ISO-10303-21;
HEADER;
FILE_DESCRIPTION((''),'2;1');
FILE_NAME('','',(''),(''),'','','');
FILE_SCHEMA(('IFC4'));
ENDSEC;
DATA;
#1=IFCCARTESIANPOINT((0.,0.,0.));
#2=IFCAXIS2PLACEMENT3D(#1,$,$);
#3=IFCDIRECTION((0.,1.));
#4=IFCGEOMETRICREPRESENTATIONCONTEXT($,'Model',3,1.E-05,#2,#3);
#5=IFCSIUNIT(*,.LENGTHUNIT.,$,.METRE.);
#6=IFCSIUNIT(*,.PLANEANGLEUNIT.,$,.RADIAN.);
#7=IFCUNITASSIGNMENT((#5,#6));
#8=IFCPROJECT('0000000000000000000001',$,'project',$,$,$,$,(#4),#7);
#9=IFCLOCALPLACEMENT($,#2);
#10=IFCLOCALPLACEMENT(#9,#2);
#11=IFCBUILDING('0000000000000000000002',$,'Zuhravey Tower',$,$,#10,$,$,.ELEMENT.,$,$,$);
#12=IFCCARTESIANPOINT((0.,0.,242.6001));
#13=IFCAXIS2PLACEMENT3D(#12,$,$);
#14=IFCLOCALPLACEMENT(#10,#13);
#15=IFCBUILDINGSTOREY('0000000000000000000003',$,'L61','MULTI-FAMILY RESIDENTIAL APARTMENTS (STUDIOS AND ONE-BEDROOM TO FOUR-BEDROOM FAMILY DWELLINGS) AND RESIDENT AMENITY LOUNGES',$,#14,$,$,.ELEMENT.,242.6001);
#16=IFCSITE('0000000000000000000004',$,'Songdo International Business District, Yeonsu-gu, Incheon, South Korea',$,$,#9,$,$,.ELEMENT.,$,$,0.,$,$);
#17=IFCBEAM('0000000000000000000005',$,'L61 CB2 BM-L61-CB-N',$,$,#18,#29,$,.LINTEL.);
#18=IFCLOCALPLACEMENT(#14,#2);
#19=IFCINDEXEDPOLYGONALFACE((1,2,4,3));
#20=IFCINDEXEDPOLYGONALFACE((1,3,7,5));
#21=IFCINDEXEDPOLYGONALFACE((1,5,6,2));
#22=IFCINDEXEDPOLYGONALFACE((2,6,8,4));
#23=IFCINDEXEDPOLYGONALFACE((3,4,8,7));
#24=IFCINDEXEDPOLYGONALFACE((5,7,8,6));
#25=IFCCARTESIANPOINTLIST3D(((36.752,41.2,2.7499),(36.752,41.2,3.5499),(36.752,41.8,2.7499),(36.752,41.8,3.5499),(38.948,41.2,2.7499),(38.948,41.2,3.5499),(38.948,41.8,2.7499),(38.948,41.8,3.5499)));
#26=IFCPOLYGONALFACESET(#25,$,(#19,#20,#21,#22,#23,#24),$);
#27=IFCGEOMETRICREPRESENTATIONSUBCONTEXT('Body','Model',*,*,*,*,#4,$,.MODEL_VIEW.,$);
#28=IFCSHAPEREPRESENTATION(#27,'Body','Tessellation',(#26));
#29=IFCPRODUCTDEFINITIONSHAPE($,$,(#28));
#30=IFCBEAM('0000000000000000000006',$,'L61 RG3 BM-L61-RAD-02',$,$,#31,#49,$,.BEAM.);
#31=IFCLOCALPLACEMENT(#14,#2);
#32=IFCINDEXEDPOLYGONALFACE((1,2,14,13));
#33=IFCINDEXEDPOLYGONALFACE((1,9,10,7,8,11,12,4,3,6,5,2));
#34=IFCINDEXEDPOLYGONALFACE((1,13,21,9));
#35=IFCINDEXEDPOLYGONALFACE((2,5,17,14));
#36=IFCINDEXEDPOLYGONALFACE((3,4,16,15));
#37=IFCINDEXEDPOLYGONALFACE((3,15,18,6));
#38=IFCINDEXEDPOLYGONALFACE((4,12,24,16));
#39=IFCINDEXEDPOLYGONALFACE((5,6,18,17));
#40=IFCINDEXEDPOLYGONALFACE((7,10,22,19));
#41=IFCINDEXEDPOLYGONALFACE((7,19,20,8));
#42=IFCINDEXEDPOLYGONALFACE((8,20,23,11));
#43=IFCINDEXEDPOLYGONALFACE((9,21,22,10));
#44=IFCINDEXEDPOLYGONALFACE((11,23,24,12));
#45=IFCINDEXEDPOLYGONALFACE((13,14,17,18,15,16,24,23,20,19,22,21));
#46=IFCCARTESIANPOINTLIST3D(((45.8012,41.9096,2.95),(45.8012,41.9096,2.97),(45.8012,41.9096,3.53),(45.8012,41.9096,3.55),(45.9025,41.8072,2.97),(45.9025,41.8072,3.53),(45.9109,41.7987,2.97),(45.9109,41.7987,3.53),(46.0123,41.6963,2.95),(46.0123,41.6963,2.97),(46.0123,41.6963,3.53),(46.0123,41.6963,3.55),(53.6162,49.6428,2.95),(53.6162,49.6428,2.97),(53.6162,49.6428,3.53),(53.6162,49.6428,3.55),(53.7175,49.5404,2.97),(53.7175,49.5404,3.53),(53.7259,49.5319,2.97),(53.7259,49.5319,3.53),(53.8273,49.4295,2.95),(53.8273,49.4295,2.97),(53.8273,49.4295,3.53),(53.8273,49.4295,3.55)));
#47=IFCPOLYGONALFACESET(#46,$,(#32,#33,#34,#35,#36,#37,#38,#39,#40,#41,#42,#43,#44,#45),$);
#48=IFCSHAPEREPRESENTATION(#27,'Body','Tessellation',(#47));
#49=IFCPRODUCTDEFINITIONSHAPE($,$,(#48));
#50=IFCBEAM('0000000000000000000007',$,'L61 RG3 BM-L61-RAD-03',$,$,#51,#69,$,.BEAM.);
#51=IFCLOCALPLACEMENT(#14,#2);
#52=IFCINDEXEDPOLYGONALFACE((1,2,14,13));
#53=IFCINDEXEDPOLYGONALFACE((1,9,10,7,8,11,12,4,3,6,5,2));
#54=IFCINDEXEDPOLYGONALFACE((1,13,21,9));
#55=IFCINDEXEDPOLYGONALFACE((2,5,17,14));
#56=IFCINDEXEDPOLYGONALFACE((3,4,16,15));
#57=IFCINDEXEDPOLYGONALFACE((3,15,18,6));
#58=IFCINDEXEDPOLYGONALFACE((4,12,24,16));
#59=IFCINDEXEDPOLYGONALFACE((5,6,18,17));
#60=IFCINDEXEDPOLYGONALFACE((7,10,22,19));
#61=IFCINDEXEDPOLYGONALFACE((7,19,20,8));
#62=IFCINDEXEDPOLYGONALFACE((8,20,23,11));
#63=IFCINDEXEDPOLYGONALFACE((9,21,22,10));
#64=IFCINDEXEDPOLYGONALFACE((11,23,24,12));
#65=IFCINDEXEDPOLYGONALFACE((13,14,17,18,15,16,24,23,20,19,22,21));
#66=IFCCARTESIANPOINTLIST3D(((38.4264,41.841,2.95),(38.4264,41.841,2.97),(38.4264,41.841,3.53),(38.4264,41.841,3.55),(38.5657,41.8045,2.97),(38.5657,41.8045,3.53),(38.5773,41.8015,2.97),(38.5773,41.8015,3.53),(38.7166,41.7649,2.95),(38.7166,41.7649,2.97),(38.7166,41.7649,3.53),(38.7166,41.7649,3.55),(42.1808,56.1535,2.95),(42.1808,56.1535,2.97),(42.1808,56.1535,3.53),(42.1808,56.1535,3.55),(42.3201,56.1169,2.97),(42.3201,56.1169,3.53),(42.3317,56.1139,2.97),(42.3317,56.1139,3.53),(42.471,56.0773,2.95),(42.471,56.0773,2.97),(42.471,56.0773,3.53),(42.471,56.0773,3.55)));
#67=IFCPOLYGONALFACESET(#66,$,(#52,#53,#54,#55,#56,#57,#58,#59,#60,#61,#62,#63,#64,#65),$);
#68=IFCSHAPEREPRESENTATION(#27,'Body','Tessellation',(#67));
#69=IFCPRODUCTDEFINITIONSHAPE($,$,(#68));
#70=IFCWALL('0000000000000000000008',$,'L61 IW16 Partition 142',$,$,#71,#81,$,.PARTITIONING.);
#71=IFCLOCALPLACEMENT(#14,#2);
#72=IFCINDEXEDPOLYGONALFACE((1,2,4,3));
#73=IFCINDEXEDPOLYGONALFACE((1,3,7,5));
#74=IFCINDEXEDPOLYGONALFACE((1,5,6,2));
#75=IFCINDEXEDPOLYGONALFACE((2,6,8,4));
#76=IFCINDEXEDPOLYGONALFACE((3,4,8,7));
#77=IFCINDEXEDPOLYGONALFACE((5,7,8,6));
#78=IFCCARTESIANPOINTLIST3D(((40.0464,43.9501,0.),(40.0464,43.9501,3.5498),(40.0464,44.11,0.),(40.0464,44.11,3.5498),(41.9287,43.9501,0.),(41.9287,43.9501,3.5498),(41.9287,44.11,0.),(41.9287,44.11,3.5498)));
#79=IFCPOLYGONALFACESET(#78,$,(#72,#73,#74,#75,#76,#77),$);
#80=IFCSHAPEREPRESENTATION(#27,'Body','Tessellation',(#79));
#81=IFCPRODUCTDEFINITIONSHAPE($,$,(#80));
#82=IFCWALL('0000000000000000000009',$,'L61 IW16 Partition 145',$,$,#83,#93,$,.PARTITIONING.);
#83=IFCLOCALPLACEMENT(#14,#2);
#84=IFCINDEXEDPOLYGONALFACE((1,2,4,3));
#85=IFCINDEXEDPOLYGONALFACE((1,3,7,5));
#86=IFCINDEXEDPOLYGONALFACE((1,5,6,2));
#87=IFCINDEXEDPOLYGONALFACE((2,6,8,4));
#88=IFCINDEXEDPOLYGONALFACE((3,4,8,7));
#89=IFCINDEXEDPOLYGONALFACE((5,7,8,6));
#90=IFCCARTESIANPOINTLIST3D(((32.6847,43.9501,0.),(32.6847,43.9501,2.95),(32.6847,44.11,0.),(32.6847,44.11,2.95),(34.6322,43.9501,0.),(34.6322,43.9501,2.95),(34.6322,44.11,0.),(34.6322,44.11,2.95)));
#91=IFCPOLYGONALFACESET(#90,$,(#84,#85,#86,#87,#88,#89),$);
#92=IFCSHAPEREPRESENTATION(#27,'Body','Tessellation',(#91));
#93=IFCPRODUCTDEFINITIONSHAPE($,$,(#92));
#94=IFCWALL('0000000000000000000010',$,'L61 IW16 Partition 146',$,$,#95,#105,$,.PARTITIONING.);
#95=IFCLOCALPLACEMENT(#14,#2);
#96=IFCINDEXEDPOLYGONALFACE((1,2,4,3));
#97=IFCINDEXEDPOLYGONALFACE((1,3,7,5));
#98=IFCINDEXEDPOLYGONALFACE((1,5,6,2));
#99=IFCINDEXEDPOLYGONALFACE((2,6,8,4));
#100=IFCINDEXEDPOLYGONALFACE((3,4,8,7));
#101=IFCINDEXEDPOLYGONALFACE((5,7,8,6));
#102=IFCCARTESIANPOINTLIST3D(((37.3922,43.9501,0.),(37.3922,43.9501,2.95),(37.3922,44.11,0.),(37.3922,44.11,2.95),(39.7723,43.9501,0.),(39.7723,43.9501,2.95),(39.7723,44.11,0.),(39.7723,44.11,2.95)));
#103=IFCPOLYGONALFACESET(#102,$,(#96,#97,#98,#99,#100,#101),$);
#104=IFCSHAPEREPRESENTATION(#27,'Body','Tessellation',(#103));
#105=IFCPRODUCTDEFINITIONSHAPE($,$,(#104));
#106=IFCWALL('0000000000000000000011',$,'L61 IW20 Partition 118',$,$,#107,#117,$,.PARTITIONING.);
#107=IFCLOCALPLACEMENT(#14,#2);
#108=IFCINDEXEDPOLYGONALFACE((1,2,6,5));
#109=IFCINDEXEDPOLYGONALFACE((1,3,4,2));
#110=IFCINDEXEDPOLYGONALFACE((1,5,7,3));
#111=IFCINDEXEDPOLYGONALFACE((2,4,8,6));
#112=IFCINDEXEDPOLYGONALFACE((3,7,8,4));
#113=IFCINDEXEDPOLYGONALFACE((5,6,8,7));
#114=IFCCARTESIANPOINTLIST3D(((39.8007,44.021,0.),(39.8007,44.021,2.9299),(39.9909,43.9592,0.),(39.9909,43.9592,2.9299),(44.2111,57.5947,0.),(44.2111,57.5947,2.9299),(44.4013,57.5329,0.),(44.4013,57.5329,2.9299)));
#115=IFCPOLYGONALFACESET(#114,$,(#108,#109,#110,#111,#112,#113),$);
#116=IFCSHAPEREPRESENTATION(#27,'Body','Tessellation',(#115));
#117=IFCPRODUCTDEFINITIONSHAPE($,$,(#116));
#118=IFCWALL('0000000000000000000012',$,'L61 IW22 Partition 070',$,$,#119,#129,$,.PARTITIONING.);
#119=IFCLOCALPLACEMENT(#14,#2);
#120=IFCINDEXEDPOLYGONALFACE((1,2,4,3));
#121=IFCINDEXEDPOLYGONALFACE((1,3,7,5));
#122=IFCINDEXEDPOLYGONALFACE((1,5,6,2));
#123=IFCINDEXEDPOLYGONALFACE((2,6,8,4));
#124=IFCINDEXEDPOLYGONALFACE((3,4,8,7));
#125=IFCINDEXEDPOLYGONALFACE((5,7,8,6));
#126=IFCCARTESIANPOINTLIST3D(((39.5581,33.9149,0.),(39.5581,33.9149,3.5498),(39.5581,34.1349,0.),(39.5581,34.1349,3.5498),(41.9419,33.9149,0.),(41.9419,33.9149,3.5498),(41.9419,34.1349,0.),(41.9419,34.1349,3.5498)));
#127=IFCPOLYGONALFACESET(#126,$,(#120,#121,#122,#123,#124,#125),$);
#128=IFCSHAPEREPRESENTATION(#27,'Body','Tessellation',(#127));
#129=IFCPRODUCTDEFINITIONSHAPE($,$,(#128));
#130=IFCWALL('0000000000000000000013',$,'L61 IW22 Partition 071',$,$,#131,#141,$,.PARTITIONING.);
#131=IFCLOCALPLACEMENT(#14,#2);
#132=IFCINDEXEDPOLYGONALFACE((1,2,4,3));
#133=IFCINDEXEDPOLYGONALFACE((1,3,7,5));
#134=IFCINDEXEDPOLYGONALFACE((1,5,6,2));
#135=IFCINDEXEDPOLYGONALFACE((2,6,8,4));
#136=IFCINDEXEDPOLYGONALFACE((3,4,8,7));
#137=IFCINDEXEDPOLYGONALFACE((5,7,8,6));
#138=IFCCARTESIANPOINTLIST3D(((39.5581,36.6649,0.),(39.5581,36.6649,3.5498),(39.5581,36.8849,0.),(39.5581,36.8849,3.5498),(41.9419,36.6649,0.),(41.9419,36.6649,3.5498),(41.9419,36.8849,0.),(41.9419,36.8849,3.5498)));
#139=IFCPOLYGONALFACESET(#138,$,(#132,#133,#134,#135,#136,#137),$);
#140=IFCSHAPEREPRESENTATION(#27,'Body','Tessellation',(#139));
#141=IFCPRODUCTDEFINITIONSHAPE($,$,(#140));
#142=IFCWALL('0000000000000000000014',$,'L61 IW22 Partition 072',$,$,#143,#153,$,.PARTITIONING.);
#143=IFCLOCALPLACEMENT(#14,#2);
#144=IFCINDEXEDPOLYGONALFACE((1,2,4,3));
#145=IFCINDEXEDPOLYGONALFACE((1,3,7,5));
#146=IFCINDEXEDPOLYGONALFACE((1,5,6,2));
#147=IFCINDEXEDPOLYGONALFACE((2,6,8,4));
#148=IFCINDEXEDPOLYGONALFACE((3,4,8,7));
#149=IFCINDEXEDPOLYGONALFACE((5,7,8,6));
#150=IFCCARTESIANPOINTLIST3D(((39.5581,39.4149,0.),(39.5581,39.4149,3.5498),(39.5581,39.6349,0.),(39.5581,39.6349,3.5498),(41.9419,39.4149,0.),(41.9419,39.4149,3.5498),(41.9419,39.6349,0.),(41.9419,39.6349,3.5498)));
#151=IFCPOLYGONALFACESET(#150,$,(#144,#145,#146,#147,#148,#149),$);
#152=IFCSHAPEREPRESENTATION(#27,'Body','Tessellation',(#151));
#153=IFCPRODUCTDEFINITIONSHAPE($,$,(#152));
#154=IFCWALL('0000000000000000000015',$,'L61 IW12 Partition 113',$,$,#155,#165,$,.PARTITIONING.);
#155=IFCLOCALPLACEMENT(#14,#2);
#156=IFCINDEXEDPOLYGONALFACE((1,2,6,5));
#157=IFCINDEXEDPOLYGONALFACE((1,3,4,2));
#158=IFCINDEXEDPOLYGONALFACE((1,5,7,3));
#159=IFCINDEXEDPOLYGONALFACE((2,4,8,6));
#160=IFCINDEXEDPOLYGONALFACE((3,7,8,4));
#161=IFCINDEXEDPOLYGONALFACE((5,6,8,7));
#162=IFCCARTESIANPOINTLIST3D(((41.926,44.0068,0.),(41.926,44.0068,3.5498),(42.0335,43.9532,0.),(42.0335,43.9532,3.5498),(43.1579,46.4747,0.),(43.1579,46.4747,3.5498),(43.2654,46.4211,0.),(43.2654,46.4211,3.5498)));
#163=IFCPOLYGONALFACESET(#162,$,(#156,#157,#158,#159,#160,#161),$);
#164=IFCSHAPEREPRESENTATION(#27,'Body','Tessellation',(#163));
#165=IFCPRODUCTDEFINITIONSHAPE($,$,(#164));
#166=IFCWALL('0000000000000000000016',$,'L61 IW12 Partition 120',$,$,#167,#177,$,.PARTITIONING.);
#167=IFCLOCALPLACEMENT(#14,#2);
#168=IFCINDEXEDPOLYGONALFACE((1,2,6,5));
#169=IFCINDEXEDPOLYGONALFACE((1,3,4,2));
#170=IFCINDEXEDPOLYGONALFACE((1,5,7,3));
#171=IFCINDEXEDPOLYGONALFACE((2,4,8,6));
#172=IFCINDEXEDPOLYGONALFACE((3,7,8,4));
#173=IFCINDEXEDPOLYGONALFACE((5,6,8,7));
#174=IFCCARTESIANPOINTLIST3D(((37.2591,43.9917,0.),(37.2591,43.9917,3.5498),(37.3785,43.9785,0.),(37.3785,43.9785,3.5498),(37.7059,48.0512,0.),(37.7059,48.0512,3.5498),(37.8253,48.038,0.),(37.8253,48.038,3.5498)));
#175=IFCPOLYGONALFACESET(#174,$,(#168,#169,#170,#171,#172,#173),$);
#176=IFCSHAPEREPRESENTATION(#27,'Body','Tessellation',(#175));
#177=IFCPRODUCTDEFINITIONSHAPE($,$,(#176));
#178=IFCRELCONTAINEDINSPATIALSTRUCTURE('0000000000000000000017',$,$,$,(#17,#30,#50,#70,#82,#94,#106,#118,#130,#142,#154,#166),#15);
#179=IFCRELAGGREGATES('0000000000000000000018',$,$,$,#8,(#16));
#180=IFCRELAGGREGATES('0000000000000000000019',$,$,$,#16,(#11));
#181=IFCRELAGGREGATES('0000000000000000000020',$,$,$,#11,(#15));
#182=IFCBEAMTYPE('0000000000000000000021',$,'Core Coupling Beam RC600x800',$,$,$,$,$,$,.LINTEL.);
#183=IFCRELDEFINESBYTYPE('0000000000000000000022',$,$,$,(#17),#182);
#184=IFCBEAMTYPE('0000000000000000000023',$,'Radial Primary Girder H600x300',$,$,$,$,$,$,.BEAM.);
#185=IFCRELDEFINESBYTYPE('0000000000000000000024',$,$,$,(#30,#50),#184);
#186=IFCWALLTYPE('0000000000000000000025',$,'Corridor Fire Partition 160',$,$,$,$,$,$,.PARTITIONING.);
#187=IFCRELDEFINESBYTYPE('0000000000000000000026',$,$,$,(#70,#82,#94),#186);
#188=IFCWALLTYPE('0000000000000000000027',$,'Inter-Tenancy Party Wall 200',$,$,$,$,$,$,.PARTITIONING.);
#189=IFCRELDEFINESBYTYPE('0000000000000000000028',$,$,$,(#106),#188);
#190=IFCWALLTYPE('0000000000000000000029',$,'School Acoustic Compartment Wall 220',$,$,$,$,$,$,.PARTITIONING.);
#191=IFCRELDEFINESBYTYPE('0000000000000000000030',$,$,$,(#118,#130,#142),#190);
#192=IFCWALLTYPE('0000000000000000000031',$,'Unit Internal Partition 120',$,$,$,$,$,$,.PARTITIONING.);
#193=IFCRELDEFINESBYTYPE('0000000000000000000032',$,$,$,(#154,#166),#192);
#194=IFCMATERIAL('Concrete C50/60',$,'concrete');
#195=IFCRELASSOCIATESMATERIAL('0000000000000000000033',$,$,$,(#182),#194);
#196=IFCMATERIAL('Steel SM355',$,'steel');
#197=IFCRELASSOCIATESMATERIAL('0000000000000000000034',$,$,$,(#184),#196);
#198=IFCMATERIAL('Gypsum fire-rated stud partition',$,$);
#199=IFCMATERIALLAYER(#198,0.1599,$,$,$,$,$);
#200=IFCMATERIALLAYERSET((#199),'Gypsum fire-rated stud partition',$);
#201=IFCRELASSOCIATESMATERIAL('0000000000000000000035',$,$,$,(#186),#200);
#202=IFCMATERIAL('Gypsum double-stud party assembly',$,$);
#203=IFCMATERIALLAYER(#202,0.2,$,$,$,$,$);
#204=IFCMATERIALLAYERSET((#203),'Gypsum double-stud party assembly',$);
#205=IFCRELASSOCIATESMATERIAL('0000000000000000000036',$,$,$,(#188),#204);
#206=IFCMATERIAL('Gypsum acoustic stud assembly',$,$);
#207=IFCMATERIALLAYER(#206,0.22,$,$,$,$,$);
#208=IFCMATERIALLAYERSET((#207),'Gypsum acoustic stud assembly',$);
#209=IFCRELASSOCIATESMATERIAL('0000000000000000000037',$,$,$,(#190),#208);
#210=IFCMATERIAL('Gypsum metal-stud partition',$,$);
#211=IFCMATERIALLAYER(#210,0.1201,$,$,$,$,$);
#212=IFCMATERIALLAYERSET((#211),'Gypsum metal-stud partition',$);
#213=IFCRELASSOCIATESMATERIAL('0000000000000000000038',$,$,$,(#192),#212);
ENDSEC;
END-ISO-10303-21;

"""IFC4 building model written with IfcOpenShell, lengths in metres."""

from ifc_helpers import new_model, si_unit, direction, frame, frame_2d, origin, origin_2d, place, context, subcontext, project, spatial, rectangle, i_section, extrude, material, layer, layer_set, material_profile, profile_set, type_object, element, save


model = new_model("IFC4")

# Units and contexts
model_context = context("Model", 3, precision=1e-05, world=origin(), true_north=direction((0.0, 1.0)))
body_context = subcontext(model_context, "Body", "Model", "MODEL_VIEW")
ifc_project = project(units=[si_unit("LENGTHUNIT", "METRE"), si_unit("PLANEANGLEUNIT", "RADIAN")], contexts=[model_context])

# Site, building, storey
site_placement = place(None, origin())
site = spatial("IfcSite", under=ifc_project, at=site_placement, Name="Songdo International Business District, Yeonsu-gu, Incheon, South Korea", CompositionType="ELEMENT", RefElevation=0.0)
building_placement = place(site_placement, origin())
building = spatial("IfcBuilding", under=site, at=building_placement, Name="Zuhravey Tower", CompositionType="ELEMENT")
storey_placement = place(building_placement, frame((0.0, 0.0, 242.6001)))
storey = spatial("IfcBuildingStorey", under=building, at=storey_placement, Name="L61", Description="MULTI-FAMILY RESIDENTIAL APARTMENTS (STUDIOS AND ONE-BEDROOM TO FOUR-BEDROOM FAMILY DWELLINGS) AND RESIDENT AMENITY LOUNGES", CompositionType="ELEMENT", Elevation=242.6001)

# Beams
ifc_material_1 = material(Name="Concrete C50/60", Category="concrete")
ifc_material_profile_1 = material_profile(ifc_material_1, rectangle(XDim=0.6001, YDim=0.8, at=origin_2d()), Name="RC-600x800")
ifc_profile_set_1 = profile_set([ifc_material_profile_1], Name="Concrete C50/60")
beam_type_1 = type_object("IfcBeamType", Name="Core Coupling Beam RC600x800", PredefinedType="LINTEL", material=ifc_profile_set_1)
beam_1_placement = place(storey_placement, frame((36.752, 41.5, 3.1499), z_axis=(1.0, 0.0, 0.0), x_axis=(0.0, 1.0, 0.0)))
element("IfcBeam", 1, at=beam_1_placement, inside=storey, type_object=beam_type_1, Name="L61 CB2 BM-L61-CB-N", PredefinedType="LINTEL", context=body_context, shape_type="SweptSolid", body=[
    extrude(rectangle(XDim=0.6001, YDim=0.8, at=origin_2d()), origin(), (0.0, 0.0, 1.0), 2.196),
])
ifc_material_2 = material(Name="Steel SM355", Category="steel")
ifc_material_profile_2 = material_profile(ifc_material_2, i_section(OverallWidth=0.3, OverallDepth=0.6001, WebThickness=0.012, FlangeThickness=0.02, at=origin_2d()), Name="H-600x300x12x20")
ifc_profile_set_2 = profile_set([ifc_material_profile_2], Name="Steel SM355")
beam_type_2 = type_object("IfcBeamType", Name="Radial Primary Girder H600x300", PredefinedType="BEAM", material=ifc_profile_set_2)
beam_2_placement = place(storey_placement, frame((45.9067, 41.803, 3.25), z_axis=(0.710817, 0.703377, 0.0), x_axis=(-0.703377, 0.710817, 0.0)))
element("IfcBeam", 2, at=beam_2_placement, inside=storey, type_object=beam_type_2, Name="L61 RG3 BM-L61-RAD-02", PredefinedType="BEAM", context=body_context, shape_type="SweptSolid", body=[
    extrude(i_section(OverallWidth=0.3, OverallDepth=0.6001, WebThickness=0.012, FlangeThickness=0.02, at=origin_2d()), origin(), (0.0, 0.0, 1.0), 10.9944),
])
beam_3_placement = place(storey_placement, frame((38.5715, 41.803, 3.25), z_axis=(0.253731, 0.967275, 0.0), x_axis=(-0.967275, 0.253731, 0.0)))
element("IfcBeam", 3, at=beam_3_placement, inside=storey, type_object=beam_type_2, Name="L61 RG3 BM-L61-RAD-03", PredefinedType="BEAM", context=body_context, shape_type="SweptSolid", body=[
    extrude(i_section(OverallWidth=0.3, OverallDepth=0.6001, WebThickness=0.012, FlangeThickness=0.02, at=origin_2d()), origin(), (0.0, 0.0, 1.0), 14.7966),
])

# Walls
ifc_material_3 = material(Name="Gypsum fire-rated stud partition")
ifc_layer_1 = layer(ifc_material_3, 0.1599)
ifc_layer_set_1 = layer_set([ifc_layer_1], Name="Gypsum fire-rated stud partition")
wall_type_1 = type_object("IfcWallType", Name="Corridor Fire Partition 160", PredefinedType="PARTITIONING", material=ifc_layer_set_1)
wall_1_placement = place(storey_placement, frame((41.9287, 44.03, 0.0), z_axis=(0.0, 0.0, 1.0), x_axis=(-1.0, 0.0, 0.0)))
element("IfcWall", 4, at=wall_1_placement, inside=storey, type_object=wall_type_1, Name="L61 IW16 Partition 142", PredefinedType="PARTITIONING", context=body_context, shape_type="SweptSolid", body=[
    extrude(rectangle(XDim=1.8823, YDim=0.1599, at=frame_2d((0.9412, 0.0))), origin(), (0.0, 0.0, 1.0), 3.5498),
])
wall_2_placement = place(storey_placement, frame((34.6321, 44.03, 0.0), z_axis=(0.0, 0.0, 1.0), x_axis=(-1.0, 0.0, 0.0)))
element("IfcWall", 5, at=wall_2_placement, inside=storey, type_object=wall_type_1, Name="L61 IW16 Partition 145", PredefinedType="PARTITIONING", context=body_context, shape_type="SweptSolid", body=[
    extrude(rectangle(XDim=1.9475, YDim=0.1599, at=frame_2d((0.9736, 0.0))), origin(), (0.0, 0.0, 1.0), 2.95),
])
wall_3_placement = place(storey_placement, frame((39.7722, 44.03, 0.0), z_axis=(0.0, 0.0, 1.0), x_axis=(-1.0, 0.0, 0.0)))
element("IfcWall", 6, at=wall_3_placement, inside=storey, type_object=wall_type_1, Name="L61 IW16 Partition 146", PredefinedType="PARTITIONING", context=body_context, shape_type="SweptSolid", body=[
    extrude(rectangle(XDim=2.3801, YDim=0.1599, at=frame_2d((1.1899, 0.0))), origin(), (0.0, 0.0, 1.0), 2.95),
])

# Walls
ifc_material_4 = material(Name="Gypsum double-stud party assembly")
ifc_layer_2 = layer(ifc_material_4, 0.2)
ifc_layer_set_2 = layer_set([ifc_layer_2], Name="Gypsum double-stud party assembly")
wall_type_2 = type_object("IfcWallType", Name="Inter-Tenancy Party Wall 200", PredefinedType="PARTITIONING", material=ifc_layer_set_2)
wall_4_placement = place(storey_placement, frame((39.8958, 43.99, 0.0), z_axis=(0.0, 0.0, 1.0), x_axis=(0.309019, 0.951056, 0.0)))
element("IfcWall", 7, at=wall_4_placement, inside=storey, type_object=wall_type_2, Name="L61 IW20 Partition 118", PredefinedType="PARTITIONING", context=body_context, shape_type="SweptSolid", body=[
    extrude(rectangle(XDim=14.2722, YDim=0.2, at=frame_2d((7.1362, 0.0))), origin(), (0.0, 0.0, 1.0), 2.9299),
])
ifc_material_5 = material(Name="Gypsum acoustic stud assembly")
ifc_layer_3 = layer(ifc_material_5, 0.22)
ifc_layer_set_3 = layer_set([ifc_layer_3], Name="Gypsum acoustic stud assembly")
wall_type_3 = type_object("IfcWallType", Name="School Acoustic Compartment Wall 220", PredefinedType="PARTITIONING", material=ifc_layer_set_3)
for number, where, z_axis, x_axis, name in (
    (8, (39.5581, 34.0249, 0.0), (0.0, 0.0, 1.0), (1.0, 0.0, 0.0), "L61 IW22 Partition 070"),
    (9, (39.5581, 36.7749, 0.0), (0.0, 0.0, 1.0), (1.0, 0.0, 0.0), "L61 IW22 Partition 071"),
    (10, (39.5581, 39.5249, 0.0), (0.0, 0.0, 1.0), (1.0, 0.0, 0.0), "L61 IW22 Partition 072"),
):
    element("IfcWall", number, at=place(storey_placement, frame(where, z_axis=z_axis, x_axis=x_axis)), inside=storey, type_object=wall_type_3, Name=name, PredefinedType="PARTITIONING", context=body_context, shape_type="SweptSolid", body=[
        extrude(rectangle(XDim=2.3838, YDim=0.22, at=frame_2d((1.1919, 0.0))), origin(), (0.0, 0.0, 1.0), 3.5498),
    ])
ifc_material_6 = material(Name="Gypsum metal-stud partition")
ifc_layer_4 = layer(ifc_material_6, 0.1201)
ifc_layer_set_4 = layer_set([ifc_layer_4], Name="Gypsum metal-stud partition")
wall_type_4 = type_object("IfcWallType", Name="Unit Internal Partition 120", PredefinedType="PARTITIONING", material=ifc_layer_set_4)
wall_5_placement = place(storey_placement, frame((41.9797, 43.98, 0.0), z_axis=(0.0, 0.0, 1.0), x_axis=(0.446612, 0.894728, 0.0)))
element("IfcWall", 11, at=wall_5_placement, inside=storey, type_object=wall_type_4, Name="L61 IW12 Partition 113", PredefinedType="PARTITIONING", context=body_context, shape_type="SweptSolid", body=[
    extrude(rectangle(XDim=2.7583, YDim=0.1201, at=frame_2d((1.3792, 0.0))), origin(), (0.0, 0.0, 1.0), 3.5498),
])
wall_6_placement = place(storey_placement, frame((37.3188, 43.9851, 0.0), z_axis=(0.0, 0.0, 1.0), x_axis=(0.109395, 0.993998, 0.0)))
element("IfcWall", 12, at=wall_6_placement, inside=storey, type_object=wall_type_4, Name="L61 IW12 Partition 120", PredefinedType="PARTITIONING", context=body_context, shape_type="SweptSolid", body=[
    extrude(rectangle(XDim=4.084, YDim=0.1201, at=frame_2d((2.042, 0.0))), origin(), (0.0, 0.0, 1.0), 3.5498),
])

save(model, "model.ifc")
